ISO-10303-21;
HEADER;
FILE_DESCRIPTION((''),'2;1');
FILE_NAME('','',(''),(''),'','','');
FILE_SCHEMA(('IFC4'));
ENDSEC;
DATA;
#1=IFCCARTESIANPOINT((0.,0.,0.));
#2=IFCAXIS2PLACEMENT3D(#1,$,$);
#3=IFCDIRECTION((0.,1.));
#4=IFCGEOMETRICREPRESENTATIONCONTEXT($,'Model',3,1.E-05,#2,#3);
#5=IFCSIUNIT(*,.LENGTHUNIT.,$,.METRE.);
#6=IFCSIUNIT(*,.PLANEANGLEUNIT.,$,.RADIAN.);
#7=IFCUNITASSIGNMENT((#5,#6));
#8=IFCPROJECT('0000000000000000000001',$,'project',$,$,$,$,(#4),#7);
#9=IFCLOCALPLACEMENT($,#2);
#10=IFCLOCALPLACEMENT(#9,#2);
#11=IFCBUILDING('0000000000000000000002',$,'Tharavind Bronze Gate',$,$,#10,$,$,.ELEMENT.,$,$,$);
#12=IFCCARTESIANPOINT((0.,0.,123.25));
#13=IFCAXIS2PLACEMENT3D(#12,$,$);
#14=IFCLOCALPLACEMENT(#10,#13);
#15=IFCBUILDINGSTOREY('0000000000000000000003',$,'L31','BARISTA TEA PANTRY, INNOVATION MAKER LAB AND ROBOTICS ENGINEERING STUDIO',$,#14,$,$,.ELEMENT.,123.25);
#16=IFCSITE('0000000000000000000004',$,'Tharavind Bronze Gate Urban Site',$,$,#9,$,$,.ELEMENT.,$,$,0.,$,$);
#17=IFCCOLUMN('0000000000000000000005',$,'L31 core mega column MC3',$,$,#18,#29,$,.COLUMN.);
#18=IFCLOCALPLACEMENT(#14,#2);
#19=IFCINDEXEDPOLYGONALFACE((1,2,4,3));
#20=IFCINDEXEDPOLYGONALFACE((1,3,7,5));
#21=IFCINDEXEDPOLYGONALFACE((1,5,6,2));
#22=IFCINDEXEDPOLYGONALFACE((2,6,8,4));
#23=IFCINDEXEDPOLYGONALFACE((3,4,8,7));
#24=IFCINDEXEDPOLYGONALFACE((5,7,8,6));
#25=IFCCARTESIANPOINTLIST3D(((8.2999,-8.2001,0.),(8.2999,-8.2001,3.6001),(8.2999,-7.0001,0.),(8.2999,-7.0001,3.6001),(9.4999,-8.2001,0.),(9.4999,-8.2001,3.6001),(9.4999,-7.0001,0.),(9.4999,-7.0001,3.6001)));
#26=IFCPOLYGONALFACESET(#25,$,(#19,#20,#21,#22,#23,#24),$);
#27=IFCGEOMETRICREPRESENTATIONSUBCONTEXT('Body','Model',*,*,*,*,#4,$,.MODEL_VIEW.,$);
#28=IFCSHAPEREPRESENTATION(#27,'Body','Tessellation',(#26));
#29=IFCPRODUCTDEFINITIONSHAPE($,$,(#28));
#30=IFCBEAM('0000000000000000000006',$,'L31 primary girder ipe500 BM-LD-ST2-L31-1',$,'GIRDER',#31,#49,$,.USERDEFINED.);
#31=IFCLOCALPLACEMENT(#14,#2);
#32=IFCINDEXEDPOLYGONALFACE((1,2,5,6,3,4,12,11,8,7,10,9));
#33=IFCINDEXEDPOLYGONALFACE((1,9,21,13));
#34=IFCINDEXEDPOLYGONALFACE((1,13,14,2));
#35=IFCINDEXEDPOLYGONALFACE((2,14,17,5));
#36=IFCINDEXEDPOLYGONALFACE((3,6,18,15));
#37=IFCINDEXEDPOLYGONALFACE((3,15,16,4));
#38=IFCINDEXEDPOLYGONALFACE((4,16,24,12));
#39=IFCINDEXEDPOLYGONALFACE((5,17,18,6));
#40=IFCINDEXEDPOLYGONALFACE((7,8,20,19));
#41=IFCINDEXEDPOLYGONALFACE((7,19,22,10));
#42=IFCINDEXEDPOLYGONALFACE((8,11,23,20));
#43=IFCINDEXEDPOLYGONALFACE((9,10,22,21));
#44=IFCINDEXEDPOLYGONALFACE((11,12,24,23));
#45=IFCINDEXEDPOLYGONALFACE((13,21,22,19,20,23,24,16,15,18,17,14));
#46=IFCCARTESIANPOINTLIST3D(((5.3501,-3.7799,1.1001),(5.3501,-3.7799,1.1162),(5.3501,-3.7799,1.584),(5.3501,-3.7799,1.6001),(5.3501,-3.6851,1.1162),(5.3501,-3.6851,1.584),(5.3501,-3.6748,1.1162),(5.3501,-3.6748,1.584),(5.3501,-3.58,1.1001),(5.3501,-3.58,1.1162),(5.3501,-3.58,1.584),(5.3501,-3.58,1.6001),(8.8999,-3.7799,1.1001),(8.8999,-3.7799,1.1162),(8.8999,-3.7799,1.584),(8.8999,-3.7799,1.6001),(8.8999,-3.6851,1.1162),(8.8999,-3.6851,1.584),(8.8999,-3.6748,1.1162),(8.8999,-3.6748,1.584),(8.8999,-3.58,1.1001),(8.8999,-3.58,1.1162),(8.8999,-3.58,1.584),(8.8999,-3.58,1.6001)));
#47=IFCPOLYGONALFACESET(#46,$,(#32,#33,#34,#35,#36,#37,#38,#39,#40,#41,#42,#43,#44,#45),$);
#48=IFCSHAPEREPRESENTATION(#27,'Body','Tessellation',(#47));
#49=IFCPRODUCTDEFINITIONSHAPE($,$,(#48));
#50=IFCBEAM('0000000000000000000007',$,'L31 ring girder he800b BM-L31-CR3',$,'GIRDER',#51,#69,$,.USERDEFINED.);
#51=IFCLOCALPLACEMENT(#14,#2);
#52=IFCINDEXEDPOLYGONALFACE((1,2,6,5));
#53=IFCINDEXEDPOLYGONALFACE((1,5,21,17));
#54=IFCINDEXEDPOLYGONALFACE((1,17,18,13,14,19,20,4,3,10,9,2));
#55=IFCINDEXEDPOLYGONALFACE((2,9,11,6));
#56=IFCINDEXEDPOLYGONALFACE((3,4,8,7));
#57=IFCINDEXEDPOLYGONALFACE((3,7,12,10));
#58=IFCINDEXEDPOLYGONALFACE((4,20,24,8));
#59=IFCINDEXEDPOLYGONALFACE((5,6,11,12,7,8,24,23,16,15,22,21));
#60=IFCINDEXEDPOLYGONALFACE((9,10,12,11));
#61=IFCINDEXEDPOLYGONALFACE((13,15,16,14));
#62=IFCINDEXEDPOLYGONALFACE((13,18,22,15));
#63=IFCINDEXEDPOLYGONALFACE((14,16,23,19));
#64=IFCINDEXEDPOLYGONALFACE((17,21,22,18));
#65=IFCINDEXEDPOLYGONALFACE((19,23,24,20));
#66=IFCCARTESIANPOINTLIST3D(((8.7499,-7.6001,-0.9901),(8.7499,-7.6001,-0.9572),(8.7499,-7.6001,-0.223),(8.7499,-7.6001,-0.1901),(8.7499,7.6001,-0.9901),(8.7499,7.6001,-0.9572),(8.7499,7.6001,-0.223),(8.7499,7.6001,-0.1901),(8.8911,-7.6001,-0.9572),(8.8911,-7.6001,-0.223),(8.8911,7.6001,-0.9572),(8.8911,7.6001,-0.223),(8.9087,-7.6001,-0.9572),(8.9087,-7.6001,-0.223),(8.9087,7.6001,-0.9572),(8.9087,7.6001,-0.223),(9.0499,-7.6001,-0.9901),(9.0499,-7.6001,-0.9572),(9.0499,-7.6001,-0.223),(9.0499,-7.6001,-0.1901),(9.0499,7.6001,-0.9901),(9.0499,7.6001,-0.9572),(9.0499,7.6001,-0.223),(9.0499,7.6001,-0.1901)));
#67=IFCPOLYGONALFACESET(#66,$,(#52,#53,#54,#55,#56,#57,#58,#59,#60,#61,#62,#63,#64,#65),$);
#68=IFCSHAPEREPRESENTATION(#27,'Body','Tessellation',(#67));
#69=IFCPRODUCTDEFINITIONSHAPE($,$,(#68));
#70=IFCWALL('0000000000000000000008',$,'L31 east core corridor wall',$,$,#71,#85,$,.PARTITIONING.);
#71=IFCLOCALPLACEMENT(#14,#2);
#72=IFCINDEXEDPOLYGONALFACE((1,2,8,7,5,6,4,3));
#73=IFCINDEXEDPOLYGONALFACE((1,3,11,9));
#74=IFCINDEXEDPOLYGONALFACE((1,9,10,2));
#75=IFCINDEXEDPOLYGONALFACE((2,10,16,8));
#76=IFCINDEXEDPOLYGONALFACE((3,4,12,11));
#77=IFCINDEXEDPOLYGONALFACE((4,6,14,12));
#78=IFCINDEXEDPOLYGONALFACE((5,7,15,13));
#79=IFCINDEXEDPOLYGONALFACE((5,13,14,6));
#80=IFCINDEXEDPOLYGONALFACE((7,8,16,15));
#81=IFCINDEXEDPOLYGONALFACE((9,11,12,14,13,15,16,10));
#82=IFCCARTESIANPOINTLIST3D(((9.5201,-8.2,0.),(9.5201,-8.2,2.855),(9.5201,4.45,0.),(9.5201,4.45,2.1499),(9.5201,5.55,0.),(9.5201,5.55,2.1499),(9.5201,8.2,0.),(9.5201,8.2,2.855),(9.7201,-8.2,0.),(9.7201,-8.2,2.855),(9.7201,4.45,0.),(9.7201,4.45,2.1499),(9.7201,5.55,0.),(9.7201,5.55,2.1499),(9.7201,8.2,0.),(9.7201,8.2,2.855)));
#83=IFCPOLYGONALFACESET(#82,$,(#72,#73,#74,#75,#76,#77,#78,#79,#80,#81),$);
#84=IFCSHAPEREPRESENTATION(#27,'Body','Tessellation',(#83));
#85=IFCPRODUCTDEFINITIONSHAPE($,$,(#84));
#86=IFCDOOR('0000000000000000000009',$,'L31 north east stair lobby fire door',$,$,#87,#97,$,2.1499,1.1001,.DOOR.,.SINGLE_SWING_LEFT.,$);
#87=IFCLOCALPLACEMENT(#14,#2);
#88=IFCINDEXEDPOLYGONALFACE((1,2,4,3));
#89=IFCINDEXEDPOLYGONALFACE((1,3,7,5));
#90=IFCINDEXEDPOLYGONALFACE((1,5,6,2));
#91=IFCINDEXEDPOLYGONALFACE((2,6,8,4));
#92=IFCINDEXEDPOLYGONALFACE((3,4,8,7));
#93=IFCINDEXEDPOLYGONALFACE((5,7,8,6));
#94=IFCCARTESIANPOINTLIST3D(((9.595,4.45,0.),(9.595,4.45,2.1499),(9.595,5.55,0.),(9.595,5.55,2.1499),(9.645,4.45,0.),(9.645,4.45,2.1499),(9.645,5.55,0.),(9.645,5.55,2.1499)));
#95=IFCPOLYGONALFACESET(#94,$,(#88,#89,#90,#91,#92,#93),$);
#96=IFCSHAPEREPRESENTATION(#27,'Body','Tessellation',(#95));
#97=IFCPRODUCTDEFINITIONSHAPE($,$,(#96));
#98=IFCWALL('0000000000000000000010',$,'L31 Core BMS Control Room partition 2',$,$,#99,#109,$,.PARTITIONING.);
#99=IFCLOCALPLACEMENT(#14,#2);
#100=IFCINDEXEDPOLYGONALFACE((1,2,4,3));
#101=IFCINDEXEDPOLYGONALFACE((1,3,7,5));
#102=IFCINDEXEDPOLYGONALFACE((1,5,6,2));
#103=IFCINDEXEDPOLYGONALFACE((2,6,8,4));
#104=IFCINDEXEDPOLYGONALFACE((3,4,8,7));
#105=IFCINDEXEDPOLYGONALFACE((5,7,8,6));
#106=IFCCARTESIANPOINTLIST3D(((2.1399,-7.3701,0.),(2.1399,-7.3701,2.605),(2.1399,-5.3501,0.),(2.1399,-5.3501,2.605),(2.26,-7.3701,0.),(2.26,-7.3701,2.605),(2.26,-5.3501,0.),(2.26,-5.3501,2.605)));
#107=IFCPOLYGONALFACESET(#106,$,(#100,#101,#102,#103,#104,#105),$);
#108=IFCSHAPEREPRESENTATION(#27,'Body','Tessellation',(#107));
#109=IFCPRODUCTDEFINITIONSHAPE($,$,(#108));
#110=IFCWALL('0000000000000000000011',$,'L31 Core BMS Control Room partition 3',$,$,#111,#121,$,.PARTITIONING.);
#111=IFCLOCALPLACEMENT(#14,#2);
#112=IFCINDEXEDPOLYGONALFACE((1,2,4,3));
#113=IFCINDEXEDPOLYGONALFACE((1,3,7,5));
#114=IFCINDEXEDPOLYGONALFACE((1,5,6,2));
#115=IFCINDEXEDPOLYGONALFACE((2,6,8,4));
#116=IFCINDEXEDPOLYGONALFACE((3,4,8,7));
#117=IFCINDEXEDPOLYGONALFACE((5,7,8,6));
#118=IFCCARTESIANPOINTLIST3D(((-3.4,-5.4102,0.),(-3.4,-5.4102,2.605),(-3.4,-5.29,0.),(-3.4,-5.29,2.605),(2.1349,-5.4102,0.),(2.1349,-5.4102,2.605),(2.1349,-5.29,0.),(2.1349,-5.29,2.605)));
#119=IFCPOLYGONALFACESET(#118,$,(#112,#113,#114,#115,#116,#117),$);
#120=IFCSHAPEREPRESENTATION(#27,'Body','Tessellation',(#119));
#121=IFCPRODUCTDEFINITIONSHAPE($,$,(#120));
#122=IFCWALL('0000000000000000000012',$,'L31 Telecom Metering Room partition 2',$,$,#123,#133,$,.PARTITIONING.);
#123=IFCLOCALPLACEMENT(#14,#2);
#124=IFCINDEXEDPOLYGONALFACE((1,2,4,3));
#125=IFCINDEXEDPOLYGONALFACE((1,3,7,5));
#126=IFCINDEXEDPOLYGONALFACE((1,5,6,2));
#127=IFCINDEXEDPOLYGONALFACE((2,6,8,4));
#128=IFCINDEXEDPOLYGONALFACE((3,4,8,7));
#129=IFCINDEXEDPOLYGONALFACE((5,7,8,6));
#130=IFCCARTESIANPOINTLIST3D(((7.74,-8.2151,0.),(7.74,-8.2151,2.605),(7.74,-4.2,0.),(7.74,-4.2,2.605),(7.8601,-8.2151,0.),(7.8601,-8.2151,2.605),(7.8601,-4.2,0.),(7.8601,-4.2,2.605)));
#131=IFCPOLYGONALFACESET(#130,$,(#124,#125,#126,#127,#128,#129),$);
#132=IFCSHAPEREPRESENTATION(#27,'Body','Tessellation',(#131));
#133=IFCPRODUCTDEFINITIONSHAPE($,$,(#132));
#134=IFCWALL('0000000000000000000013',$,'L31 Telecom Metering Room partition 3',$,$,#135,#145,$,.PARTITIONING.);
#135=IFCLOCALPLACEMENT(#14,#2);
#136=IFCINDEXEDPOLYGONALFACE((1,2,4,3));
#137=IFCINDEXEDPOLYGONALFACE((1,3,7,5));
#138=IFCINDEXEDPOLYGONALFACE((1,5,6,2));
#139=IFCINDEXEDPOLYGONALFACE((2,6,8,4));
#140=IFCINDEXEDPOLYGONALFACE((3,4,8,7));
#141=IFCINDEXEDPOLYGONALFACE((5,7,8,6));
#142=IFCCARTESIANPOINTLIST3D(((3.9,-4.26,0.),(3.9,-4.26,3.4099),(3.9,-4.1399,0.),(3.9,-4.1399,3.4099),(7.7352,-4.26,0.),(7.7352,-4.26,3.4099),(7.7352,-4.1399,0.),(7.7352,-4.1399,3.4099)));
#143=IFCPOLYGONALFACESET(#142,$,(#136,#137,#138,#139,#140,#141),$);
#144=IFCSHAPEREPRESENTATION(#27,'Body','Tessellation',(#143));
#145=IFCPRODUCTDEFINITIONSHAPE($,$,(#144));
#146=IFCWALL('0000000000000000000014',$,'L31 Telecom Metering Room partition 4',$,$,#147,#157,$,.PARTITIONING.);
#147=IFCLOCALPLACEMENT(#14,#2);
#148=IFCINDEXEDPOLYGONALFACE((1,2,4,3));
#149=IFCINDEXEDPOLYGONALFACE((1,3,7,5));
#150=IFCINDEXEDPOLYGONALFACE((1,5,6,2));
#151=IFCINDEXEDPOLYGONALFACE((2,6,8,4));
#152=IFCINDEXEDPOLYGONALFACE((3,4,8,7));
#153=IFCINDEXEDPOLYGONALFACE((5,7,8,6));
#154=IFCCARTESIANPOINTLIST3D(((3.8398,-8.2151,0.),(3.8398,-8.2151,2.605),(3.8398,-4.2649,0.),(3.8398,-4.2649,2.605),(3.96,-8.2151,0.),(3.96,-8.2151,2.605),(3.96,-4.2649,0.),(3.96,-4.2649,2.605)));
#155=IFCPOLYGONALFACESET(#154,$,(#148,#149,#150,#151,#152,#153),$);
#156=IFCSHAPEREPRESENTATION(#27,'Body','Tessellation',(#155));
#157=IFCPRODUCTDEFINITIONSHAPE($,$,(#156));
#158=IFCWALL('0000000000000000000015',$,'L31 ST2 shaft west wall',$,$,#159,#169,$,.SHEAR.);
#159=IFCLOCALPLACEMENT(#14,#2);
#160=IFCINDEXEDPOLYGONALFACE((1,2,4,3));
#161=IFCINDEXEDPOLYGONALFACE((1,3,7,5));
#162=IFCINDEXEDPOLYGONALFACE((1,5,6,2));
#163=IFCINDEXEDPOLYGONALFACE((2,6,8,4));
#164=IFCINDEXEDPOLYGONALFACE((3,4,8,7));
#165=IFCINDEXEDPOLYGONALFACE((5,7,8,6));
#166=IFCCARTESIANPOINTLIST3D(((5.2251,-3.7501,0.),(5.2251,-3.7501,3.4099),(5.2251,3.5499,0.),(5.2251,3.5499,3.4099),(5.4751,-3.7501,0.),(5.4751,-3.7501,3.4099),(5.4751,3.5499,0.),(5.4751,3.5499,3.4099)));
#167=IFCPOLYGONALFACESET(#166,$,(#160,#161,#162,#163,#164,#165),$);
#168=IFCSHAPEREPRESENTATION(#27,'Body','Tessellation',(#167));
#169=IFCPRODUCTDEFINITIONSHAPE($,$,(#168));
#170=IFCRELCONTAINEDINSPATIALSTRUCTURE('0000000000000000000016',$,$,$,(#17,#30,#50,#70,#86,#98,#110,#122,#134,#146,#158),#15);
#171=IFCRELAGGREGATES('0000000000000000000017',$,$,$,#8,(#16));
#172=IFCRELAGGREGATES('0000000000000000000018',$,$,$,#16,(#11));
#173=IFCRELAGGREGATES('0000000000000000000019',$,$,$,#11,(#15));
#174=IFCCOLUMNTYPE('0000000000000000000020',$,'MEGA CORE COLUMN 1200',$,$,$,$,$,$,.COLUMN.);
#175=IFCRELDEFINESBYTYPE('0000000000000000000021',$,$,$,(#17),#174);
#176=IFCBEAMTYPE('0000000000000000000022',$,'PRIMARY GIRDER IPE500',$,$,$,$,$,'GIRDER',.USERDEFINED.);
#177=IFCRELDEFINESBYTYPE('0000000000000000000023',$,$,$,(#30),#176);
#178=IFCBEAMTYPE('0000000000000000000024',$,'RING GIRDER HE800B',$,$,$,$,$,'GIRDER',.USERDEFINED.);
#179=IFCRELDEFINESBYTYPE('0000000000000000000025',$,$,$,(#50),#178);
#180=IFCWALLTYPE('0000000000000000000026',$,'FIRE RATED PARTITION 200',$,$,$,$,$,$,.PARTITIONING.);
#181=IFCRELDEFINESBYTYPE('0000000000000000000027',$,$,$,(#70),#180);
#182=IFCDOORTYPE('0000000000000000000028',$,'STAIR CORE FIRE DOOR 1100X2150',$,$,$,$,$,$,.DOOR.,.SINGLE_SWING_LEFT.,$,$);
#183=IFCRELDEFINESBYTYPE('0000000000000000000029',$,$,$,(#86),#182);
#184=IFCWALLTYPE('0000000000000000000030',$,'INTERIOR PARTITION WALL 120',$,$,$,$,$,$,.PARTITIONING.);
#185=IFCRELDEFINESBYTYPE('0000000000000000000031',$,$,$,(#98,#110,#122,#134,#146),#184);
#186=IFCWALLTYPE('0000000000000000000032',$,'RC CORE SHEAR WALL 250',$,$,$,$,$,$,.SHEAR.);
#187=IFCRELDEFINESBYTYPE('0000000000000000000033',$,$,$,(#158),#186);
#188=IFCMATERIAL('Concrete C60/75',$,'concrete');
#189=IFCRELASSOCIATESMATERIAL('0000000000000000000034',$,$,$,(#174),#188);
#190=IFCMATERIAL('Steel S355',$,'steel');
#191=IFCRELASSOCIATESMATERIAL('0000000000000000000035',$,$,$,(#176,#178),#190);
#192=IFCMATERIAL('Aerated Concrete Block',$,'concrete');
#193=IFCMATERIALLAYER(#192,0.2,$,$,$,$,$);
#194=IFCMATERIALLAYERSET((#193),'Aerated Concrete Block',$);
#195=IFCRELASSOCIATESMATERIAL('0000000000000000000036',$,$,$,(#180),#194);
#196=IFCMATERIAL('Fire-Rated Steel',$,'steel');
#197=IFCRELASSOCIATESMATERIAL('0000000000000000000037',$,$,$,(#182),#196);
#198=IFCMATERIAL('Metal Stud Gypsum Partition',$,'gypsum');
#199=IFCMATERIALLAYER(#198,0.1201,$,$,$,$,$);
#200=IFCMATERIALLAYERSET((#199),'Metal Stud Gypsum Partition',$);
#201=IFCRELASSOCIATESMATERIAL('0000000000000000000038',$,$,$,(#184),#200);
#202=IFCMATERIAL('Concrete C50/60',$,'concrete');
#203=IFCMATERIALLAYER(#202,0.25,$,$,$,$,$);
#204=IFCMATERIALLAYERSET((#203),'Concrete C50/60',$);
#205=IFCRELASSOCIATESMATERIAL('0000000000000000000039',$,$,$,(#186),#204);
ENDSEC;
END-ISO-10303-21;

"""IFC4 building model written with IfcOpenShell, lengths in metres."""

from ifc_helpers import new_model, si_unit, direction, frame, frame_2d, origin, origin_2d, place, context, subcontext, project, spatial, rectangle, i_section, extrude, material, layer, layer_set, material_profile, profile_set, type_object, element, fill, save


model = new_model("IFC4")

# Units and contexts
model_context = context("Model", 3, precision=1e-05, world=origin(), true_north=direction((0.0, 1.0)))
body_context = subcontext(model_context, "Body", "Model", "MODEL_VIEW")
ifc_project = project(units=[si_unit("LENGTHUNIT", "METRE"), si_unit("PLANEANGLEUNIT", "RADIAN")], contexts=[model_context])

# Site, building, storey
site_placement = place(None, origin())
site = spatial("IfcSite", under=ifc_project, at=site_placement, Name="Tharavind Bronze Gate Urban Site", CompositionType="ELEMENT", RefElevation=0.0)
building_placement = place(site_placement, origin())
building = spatial("IfcBuilding", under=site, at=building_placement, Name="Tharavind Bronze Gate", CompositionType="ELEMENT")
storey_placement = place(building_placement, frame((0.0, 0.0, 123.25)))
storey = spatial("IfcBuildingStorey", under=building, at=storey_placement, Name="L31", Description="BARISTA TEA PANTRY, INNOVATION MAKER LAB AND ROBOTICS ENGINEERING STUDIO", CompositionType="ELEMENT", Elevation=123.25)

# Column
ifc_material_1 = material(Name="Concrete C60/75", Category="concrete")
ifc_material_profile_1 = material_profile(ifc_material_1, rectangle(XDim=1.2, YDim=1.2, at=origin_2d()), Name="RCCOL1200")
ifc_profile_set_1 = profile_set([ifc_material_profile_1], Name="Concrete C60/75")
column_type = type_object("IfcColumnType", Name="MEGA CORE COLUMN 1200", PredefinedType="COLUMN", material=ifc_profile_set_1)
column_placement = place(storey_placement, frame((8.8999, -7.6001, 0.0), z_axis=(0.0, 0.0, 1.0), x_axis=(1.0, 0.0, 0.0)))
element("IfcColumn", 1, at=column_placement, inside=storey, type_object=column_type, Name="L31 core mega column MC3", PredefinedType="COLUMN", context=body_context, shape_type="SweptSolid", body=[
    extrude(rectangle(XDim=1.2, YDim=1.2, at=origin_2d()), origin(), (0.0, 0.0, 1.0), 3.6001),
])

# Beams
ifc_material_2 = material(Name="Steel S355", Category="steel")
ifc_material_profile_2 = material_profile(ifc_material_2, i_section(OverallWidth=0.2, OverallDepth=0.5, WebThickness=0.0103, FlangeThickness=0.0161, at=origin_2d()), Name="IPE500")
ifc_profile_set_2 = profile_set([ifc_material_profile_2], Name="Steel S355")
beam_type_1 = type_object("IfcBeamType", Name="PRIMARY GIRDER IPE500", ElementType="GIRDER", PredefinedType="USERDEFINED", material=ifc_profile_set_2)
beam_1_placement = place(storey_placement, frame((5.3501, -3.6799, 1.3501), z_axis=(1.0, 0.0, 0.0), x_axis=(0.0, 1.0, 0.0)))
element("IfcBeam", 2, at=beam_1_placement, inside=storey, type_object=beam_type_1, Name="L31 primary girder ipe500 BM-LD-ST2-L31-1", ObjectType="GIRDER", PredefinedType="USERDEFINED", context=body_context, shape_type="SweptSolid", body=[
    extrude(i_section(OverallWidth=0.2, OverallDepth=0.5, WebThickness=0.0103, FlangeThickness=0.0161, at=origin_2d()), origin(), (0.0, 0.0, 1.0), 3.5498),
])
ifc_material_profile_3 = material_profile(ifc_material_2, i_section(OverallWidth=0.3, OverallDepth=0.8, WebThickness=0.0176, FlangeThickness=0.033, at=origin_2d()), Name="HE800B")
ifc_profile_set_3 = profile_set([ifc_material_profile_3], Name="Steel S355")
beam_type_2 = type_object("IfcBeamType", Name="RING GIRDER HE800B", ElementType="GIRDER", PredefinedType="USERDEFINED", material=ifc_profile_set_3)
beam_2_placement = place(storey_placement, frame((8.8999, -7.6001, -0.5901), z_axis=(0.0, 1.0, 0.0), x_axis=(-1.0, 0.0, 0.0)))
element("IfcBeam", 3, at=beam_2_placement, inside=storey, type_object=beam_type_2, Name="L31 ring girder he800b BM-L31-CR3", ObjectType="GIRDER", PredefinedType="USERDEFINED", context=body_context, shape_type="SweptSolid", body=[
    extrude(i_section(OverallWidth=0.3, OverallDepth=0.8, WebThickness=0.0176, FlangeThickness=0.033, at=origin_2d()), origin(), (0.0, 0.0, 1.0), 15.2002),
])

# Wall, opening, door
ifc_material_3 = material(Name="Aerated Concrete Block", Category="concrete")
ifc_layer_1 = layer(ifc_material_3, 0.2)
ifc_layer_set_1 = layer_set([ifc_layer_1], Name="Aerated Concrete Block")
wall_type_1 = type_object("IfcWallType", Name="FIRE RATED PARTITION 200", PredefinedType="PARTITIONING", material=ifc_layer_set_1)
wall_1_placement = place(storey_placement, frame((9.6201, -8.2, 0.0), z_axis=(0.0, 0.0, 1.0), x_axis=(0.0, 1.0, 0.0)))
wall_1 = element("IfcWall", 4, at=wall_1_placement, inside=storey, type_object=wall_type_1, Name="L31 east core corridor wall", PredefinedType="PARTITIONING", context=body_context, shape_type="SweptSolid", body=[
    extrude(rectangle(XDim=16.3999, YDim=0.2, at=frame_2d((8.2, 0.0))), origin(), (0.0, 0.0, 1.0), 2.855),
])
opening_1_placement = place(wall_1_placement, frame((12.6499, 0.0, 0.0)))
opening_1 = element("IfcOpeningElement", 5, at=opening_1_placement, cuts=wall_1, PredefinedType="OPENING", context=body_context, shape_type="SweptSolid", body=[
    extrude(rectangle(XDim=1.1001, YDim=2.1499, at=frame_2d((0.55, 1.075))), frame((0.0, 0.1101, 0.0), z_axis=(0.0, -1.0, 0.0), x_axis=(1.0, 0.0, 0.0)), (0.0, 0.0, 1.0), 0.22),
])
ifc_material_4 = material(Name="Fire-Rated Steel", Category="steel")
door_type_1 = type_object("IfcDoorType", Name="STAIR CORE FIRE DOOR 1100X2150", OperationType="SINGLE_SWING_LEFT", PredefinedType="DOOR", material=ifc_material_4)
door_1_placement = place(opening_1_placement, frame((1.1001, 0.0, 0.0), z_axis=(0.0, 0.0, 1.0), x_axis=(-1.0, 0.0, 0.0)))
door_1 = element("IfcDoor", 6, at=door_1_placement, inside=storey, type_object=door_type_1, Name="L31 north east stair lobby fire door", OperationType="SINGLE_SWING_LEFT", OverallHeight=2.1499, OverallWidth=1.1001, PredefinedType="DOOR", context=body_context, shape_type="SweptSolid", body=[
    extrude(rectangle(XDim=1.1001, YDim=2.1499, at=frame_2d((0.55, 1.075))), frame((0.0, 0.0249, 0.0), z_axis=(0.0, -1.0, 0.0), x_axis=(1.0, 0.0, 0.0)), (0.0, 0.0, 1.0), 0.05),
])
fill(opening_1, door_1)

# Walls
ifc_material_5 = material(Name="Metal Stud Gypsum Partition", Category="gypsum")
ifc_layer_2 = layer(ifc_material_5, 0.1201)
ifc_layer_set_2 = layer_set([ifc_layer_2], Name="Metal Stud Gypsum Partition")
wall_type_2 = type_object("IfcWallType", Name="INTERIOR PARTITION WALL 120", PredefinedType="PARTITIONING", material=ifc_layer_set_2)
wall_2_placement = place(storey_placement, frame((2.2, -7.3701, 0.0), z_axis=(0.0, 0.0, 1.0), x_axis=(0.0, 1.0, 0.0)))
element("IfcWall", 7, at=wall_2_placement, inside=storey, type_object=wall_type_2, Name="L31 Core BMS Control Room partition 2", PredefinedType="PARTITIONING", context=body_context, shape_type="SweptSolid", body=[
    extrude(rectangle(XDim=2.02, YDim=0.1201, at=frame_2d((1.01, 0.0))), origin(), (0.0, 0.0, 1.0), 2.605),
])
wall_3_placement = place(storey_placement, frame((2.135, -5.3501, 0.0), z_axis=(0.0, 0.0, 1.0), x_axis=(-1.0, 0.0, 0.0)))
element("IfcWall", 8, at=wall_3_placement, inside=storey, type_object=wall_type_2, Name="L31 Core BMS Control Room partition 3", PredefinedType="PARTITIONING", context=body_context, shape_type="SweptSolid", body=[
    extrude(rectangle(XDim=5.5349, YDim=0.1201, at=frame_2d((2.7676, 0.0))), origin(), (0.0, 0.0, 1.0), 2.605),
])
wall_4_placement = place(storey_placement, frame((7.8, -8.2151, 0.0), z_axis=(0.0, 0.0, 1.0), x_axis=(0.0, 1.0, 0.0)))
element("IfcWall", 9, at=wall_4_placement, inside=storey, type_object=wall_type_2, Name="L31 Telecom Metering Room partition 2", PredefinedType="PARTITIONING", context=body_context, shape_type="SweptSolid", body=[
    extrude(rectangle(XDim=4.0151, YDim=0.1201, at=frame_2d((2.0076, 0.0))), origin(), (0.0, 0.0, 1.0), 2.605),
])
wall_5_placement = place(storey_placement, frame((7.7351, -4.2, 0.0), z_axis=(0.0, 0.0, 1.0), x_axis=(-1.0, 0.0, 0.0)))
element("IfcWall", 10, at=wall_5_placement, inside=storey, type_object=wall_type_2, Name="L31 Telecom Metering Room partition 3", PredefinedType="PARTITIONING", context=body_context, shape_type="SweptSolid", body=[
    extrude(rectangle(XDim=3.8352, YDim=0.1201, at=frame_2d((1.9175, 0.0))), origin(), (0.0, 0.0, 1.0), 3.4099),
])
wall_6_placement = place(storey_placement, frame((3.8999, -4.2649, 0.0), z_axis=(0.0, 0.0, 1.0), x_axis=(0.0, -1.0, 0.0)))
element("IfcWall", 11, at=wall_6_placement, inside=storey, type_object=wall_type_2, Name="L31 Telecom Metering Room partition 4", PredefinedType="PARTITIONING", context=body_context, shape_type="SweptSolid", body=[
    extrude(rectangle(XDim=3.9502, YDim=0.1201, at=frame_2d((1.9751, 0.0))), origin(), (0.0, 0.0, 1.0), 2.605),
])
ifc_material_6 = material(Name="Concrete C50/60", Category="concrete")
ifc_layer_3 = layer(ifc_material_6, 0.25)
ifc_layer_set_3 = layer_set([ifc_layer_3], Name="Concrete C50/60")
wall_type_3 = type_object("IfcWallType", Name="RC CORE SHEAR WALL 250", PredefinedType="SHEAR", material=ifc_layer_set_3)
wall_7_placement = place(storey_placement, frame((5.3501, -3.75, 0.0), z_axis=(0.0, 0.0, 1.0), x_axis=(0.0, 1.0, 0.0)))
element("IfcWall", 12, at=wall_7_placement, inside=storey, type_object=wall_type_3, Name="L31 ST2 shaft west wall", PredefinedType="SHEAR", context=body_context, shape_type="SweptSolid", body=[
    extrude(rectangle(XDim=7.3, YDim=0.25, at=frame_2d((3.6499, 0.0))), origin(), (0.0, 0.0, 1.0), 3.4099),
])

save(model, "model.ifc")
